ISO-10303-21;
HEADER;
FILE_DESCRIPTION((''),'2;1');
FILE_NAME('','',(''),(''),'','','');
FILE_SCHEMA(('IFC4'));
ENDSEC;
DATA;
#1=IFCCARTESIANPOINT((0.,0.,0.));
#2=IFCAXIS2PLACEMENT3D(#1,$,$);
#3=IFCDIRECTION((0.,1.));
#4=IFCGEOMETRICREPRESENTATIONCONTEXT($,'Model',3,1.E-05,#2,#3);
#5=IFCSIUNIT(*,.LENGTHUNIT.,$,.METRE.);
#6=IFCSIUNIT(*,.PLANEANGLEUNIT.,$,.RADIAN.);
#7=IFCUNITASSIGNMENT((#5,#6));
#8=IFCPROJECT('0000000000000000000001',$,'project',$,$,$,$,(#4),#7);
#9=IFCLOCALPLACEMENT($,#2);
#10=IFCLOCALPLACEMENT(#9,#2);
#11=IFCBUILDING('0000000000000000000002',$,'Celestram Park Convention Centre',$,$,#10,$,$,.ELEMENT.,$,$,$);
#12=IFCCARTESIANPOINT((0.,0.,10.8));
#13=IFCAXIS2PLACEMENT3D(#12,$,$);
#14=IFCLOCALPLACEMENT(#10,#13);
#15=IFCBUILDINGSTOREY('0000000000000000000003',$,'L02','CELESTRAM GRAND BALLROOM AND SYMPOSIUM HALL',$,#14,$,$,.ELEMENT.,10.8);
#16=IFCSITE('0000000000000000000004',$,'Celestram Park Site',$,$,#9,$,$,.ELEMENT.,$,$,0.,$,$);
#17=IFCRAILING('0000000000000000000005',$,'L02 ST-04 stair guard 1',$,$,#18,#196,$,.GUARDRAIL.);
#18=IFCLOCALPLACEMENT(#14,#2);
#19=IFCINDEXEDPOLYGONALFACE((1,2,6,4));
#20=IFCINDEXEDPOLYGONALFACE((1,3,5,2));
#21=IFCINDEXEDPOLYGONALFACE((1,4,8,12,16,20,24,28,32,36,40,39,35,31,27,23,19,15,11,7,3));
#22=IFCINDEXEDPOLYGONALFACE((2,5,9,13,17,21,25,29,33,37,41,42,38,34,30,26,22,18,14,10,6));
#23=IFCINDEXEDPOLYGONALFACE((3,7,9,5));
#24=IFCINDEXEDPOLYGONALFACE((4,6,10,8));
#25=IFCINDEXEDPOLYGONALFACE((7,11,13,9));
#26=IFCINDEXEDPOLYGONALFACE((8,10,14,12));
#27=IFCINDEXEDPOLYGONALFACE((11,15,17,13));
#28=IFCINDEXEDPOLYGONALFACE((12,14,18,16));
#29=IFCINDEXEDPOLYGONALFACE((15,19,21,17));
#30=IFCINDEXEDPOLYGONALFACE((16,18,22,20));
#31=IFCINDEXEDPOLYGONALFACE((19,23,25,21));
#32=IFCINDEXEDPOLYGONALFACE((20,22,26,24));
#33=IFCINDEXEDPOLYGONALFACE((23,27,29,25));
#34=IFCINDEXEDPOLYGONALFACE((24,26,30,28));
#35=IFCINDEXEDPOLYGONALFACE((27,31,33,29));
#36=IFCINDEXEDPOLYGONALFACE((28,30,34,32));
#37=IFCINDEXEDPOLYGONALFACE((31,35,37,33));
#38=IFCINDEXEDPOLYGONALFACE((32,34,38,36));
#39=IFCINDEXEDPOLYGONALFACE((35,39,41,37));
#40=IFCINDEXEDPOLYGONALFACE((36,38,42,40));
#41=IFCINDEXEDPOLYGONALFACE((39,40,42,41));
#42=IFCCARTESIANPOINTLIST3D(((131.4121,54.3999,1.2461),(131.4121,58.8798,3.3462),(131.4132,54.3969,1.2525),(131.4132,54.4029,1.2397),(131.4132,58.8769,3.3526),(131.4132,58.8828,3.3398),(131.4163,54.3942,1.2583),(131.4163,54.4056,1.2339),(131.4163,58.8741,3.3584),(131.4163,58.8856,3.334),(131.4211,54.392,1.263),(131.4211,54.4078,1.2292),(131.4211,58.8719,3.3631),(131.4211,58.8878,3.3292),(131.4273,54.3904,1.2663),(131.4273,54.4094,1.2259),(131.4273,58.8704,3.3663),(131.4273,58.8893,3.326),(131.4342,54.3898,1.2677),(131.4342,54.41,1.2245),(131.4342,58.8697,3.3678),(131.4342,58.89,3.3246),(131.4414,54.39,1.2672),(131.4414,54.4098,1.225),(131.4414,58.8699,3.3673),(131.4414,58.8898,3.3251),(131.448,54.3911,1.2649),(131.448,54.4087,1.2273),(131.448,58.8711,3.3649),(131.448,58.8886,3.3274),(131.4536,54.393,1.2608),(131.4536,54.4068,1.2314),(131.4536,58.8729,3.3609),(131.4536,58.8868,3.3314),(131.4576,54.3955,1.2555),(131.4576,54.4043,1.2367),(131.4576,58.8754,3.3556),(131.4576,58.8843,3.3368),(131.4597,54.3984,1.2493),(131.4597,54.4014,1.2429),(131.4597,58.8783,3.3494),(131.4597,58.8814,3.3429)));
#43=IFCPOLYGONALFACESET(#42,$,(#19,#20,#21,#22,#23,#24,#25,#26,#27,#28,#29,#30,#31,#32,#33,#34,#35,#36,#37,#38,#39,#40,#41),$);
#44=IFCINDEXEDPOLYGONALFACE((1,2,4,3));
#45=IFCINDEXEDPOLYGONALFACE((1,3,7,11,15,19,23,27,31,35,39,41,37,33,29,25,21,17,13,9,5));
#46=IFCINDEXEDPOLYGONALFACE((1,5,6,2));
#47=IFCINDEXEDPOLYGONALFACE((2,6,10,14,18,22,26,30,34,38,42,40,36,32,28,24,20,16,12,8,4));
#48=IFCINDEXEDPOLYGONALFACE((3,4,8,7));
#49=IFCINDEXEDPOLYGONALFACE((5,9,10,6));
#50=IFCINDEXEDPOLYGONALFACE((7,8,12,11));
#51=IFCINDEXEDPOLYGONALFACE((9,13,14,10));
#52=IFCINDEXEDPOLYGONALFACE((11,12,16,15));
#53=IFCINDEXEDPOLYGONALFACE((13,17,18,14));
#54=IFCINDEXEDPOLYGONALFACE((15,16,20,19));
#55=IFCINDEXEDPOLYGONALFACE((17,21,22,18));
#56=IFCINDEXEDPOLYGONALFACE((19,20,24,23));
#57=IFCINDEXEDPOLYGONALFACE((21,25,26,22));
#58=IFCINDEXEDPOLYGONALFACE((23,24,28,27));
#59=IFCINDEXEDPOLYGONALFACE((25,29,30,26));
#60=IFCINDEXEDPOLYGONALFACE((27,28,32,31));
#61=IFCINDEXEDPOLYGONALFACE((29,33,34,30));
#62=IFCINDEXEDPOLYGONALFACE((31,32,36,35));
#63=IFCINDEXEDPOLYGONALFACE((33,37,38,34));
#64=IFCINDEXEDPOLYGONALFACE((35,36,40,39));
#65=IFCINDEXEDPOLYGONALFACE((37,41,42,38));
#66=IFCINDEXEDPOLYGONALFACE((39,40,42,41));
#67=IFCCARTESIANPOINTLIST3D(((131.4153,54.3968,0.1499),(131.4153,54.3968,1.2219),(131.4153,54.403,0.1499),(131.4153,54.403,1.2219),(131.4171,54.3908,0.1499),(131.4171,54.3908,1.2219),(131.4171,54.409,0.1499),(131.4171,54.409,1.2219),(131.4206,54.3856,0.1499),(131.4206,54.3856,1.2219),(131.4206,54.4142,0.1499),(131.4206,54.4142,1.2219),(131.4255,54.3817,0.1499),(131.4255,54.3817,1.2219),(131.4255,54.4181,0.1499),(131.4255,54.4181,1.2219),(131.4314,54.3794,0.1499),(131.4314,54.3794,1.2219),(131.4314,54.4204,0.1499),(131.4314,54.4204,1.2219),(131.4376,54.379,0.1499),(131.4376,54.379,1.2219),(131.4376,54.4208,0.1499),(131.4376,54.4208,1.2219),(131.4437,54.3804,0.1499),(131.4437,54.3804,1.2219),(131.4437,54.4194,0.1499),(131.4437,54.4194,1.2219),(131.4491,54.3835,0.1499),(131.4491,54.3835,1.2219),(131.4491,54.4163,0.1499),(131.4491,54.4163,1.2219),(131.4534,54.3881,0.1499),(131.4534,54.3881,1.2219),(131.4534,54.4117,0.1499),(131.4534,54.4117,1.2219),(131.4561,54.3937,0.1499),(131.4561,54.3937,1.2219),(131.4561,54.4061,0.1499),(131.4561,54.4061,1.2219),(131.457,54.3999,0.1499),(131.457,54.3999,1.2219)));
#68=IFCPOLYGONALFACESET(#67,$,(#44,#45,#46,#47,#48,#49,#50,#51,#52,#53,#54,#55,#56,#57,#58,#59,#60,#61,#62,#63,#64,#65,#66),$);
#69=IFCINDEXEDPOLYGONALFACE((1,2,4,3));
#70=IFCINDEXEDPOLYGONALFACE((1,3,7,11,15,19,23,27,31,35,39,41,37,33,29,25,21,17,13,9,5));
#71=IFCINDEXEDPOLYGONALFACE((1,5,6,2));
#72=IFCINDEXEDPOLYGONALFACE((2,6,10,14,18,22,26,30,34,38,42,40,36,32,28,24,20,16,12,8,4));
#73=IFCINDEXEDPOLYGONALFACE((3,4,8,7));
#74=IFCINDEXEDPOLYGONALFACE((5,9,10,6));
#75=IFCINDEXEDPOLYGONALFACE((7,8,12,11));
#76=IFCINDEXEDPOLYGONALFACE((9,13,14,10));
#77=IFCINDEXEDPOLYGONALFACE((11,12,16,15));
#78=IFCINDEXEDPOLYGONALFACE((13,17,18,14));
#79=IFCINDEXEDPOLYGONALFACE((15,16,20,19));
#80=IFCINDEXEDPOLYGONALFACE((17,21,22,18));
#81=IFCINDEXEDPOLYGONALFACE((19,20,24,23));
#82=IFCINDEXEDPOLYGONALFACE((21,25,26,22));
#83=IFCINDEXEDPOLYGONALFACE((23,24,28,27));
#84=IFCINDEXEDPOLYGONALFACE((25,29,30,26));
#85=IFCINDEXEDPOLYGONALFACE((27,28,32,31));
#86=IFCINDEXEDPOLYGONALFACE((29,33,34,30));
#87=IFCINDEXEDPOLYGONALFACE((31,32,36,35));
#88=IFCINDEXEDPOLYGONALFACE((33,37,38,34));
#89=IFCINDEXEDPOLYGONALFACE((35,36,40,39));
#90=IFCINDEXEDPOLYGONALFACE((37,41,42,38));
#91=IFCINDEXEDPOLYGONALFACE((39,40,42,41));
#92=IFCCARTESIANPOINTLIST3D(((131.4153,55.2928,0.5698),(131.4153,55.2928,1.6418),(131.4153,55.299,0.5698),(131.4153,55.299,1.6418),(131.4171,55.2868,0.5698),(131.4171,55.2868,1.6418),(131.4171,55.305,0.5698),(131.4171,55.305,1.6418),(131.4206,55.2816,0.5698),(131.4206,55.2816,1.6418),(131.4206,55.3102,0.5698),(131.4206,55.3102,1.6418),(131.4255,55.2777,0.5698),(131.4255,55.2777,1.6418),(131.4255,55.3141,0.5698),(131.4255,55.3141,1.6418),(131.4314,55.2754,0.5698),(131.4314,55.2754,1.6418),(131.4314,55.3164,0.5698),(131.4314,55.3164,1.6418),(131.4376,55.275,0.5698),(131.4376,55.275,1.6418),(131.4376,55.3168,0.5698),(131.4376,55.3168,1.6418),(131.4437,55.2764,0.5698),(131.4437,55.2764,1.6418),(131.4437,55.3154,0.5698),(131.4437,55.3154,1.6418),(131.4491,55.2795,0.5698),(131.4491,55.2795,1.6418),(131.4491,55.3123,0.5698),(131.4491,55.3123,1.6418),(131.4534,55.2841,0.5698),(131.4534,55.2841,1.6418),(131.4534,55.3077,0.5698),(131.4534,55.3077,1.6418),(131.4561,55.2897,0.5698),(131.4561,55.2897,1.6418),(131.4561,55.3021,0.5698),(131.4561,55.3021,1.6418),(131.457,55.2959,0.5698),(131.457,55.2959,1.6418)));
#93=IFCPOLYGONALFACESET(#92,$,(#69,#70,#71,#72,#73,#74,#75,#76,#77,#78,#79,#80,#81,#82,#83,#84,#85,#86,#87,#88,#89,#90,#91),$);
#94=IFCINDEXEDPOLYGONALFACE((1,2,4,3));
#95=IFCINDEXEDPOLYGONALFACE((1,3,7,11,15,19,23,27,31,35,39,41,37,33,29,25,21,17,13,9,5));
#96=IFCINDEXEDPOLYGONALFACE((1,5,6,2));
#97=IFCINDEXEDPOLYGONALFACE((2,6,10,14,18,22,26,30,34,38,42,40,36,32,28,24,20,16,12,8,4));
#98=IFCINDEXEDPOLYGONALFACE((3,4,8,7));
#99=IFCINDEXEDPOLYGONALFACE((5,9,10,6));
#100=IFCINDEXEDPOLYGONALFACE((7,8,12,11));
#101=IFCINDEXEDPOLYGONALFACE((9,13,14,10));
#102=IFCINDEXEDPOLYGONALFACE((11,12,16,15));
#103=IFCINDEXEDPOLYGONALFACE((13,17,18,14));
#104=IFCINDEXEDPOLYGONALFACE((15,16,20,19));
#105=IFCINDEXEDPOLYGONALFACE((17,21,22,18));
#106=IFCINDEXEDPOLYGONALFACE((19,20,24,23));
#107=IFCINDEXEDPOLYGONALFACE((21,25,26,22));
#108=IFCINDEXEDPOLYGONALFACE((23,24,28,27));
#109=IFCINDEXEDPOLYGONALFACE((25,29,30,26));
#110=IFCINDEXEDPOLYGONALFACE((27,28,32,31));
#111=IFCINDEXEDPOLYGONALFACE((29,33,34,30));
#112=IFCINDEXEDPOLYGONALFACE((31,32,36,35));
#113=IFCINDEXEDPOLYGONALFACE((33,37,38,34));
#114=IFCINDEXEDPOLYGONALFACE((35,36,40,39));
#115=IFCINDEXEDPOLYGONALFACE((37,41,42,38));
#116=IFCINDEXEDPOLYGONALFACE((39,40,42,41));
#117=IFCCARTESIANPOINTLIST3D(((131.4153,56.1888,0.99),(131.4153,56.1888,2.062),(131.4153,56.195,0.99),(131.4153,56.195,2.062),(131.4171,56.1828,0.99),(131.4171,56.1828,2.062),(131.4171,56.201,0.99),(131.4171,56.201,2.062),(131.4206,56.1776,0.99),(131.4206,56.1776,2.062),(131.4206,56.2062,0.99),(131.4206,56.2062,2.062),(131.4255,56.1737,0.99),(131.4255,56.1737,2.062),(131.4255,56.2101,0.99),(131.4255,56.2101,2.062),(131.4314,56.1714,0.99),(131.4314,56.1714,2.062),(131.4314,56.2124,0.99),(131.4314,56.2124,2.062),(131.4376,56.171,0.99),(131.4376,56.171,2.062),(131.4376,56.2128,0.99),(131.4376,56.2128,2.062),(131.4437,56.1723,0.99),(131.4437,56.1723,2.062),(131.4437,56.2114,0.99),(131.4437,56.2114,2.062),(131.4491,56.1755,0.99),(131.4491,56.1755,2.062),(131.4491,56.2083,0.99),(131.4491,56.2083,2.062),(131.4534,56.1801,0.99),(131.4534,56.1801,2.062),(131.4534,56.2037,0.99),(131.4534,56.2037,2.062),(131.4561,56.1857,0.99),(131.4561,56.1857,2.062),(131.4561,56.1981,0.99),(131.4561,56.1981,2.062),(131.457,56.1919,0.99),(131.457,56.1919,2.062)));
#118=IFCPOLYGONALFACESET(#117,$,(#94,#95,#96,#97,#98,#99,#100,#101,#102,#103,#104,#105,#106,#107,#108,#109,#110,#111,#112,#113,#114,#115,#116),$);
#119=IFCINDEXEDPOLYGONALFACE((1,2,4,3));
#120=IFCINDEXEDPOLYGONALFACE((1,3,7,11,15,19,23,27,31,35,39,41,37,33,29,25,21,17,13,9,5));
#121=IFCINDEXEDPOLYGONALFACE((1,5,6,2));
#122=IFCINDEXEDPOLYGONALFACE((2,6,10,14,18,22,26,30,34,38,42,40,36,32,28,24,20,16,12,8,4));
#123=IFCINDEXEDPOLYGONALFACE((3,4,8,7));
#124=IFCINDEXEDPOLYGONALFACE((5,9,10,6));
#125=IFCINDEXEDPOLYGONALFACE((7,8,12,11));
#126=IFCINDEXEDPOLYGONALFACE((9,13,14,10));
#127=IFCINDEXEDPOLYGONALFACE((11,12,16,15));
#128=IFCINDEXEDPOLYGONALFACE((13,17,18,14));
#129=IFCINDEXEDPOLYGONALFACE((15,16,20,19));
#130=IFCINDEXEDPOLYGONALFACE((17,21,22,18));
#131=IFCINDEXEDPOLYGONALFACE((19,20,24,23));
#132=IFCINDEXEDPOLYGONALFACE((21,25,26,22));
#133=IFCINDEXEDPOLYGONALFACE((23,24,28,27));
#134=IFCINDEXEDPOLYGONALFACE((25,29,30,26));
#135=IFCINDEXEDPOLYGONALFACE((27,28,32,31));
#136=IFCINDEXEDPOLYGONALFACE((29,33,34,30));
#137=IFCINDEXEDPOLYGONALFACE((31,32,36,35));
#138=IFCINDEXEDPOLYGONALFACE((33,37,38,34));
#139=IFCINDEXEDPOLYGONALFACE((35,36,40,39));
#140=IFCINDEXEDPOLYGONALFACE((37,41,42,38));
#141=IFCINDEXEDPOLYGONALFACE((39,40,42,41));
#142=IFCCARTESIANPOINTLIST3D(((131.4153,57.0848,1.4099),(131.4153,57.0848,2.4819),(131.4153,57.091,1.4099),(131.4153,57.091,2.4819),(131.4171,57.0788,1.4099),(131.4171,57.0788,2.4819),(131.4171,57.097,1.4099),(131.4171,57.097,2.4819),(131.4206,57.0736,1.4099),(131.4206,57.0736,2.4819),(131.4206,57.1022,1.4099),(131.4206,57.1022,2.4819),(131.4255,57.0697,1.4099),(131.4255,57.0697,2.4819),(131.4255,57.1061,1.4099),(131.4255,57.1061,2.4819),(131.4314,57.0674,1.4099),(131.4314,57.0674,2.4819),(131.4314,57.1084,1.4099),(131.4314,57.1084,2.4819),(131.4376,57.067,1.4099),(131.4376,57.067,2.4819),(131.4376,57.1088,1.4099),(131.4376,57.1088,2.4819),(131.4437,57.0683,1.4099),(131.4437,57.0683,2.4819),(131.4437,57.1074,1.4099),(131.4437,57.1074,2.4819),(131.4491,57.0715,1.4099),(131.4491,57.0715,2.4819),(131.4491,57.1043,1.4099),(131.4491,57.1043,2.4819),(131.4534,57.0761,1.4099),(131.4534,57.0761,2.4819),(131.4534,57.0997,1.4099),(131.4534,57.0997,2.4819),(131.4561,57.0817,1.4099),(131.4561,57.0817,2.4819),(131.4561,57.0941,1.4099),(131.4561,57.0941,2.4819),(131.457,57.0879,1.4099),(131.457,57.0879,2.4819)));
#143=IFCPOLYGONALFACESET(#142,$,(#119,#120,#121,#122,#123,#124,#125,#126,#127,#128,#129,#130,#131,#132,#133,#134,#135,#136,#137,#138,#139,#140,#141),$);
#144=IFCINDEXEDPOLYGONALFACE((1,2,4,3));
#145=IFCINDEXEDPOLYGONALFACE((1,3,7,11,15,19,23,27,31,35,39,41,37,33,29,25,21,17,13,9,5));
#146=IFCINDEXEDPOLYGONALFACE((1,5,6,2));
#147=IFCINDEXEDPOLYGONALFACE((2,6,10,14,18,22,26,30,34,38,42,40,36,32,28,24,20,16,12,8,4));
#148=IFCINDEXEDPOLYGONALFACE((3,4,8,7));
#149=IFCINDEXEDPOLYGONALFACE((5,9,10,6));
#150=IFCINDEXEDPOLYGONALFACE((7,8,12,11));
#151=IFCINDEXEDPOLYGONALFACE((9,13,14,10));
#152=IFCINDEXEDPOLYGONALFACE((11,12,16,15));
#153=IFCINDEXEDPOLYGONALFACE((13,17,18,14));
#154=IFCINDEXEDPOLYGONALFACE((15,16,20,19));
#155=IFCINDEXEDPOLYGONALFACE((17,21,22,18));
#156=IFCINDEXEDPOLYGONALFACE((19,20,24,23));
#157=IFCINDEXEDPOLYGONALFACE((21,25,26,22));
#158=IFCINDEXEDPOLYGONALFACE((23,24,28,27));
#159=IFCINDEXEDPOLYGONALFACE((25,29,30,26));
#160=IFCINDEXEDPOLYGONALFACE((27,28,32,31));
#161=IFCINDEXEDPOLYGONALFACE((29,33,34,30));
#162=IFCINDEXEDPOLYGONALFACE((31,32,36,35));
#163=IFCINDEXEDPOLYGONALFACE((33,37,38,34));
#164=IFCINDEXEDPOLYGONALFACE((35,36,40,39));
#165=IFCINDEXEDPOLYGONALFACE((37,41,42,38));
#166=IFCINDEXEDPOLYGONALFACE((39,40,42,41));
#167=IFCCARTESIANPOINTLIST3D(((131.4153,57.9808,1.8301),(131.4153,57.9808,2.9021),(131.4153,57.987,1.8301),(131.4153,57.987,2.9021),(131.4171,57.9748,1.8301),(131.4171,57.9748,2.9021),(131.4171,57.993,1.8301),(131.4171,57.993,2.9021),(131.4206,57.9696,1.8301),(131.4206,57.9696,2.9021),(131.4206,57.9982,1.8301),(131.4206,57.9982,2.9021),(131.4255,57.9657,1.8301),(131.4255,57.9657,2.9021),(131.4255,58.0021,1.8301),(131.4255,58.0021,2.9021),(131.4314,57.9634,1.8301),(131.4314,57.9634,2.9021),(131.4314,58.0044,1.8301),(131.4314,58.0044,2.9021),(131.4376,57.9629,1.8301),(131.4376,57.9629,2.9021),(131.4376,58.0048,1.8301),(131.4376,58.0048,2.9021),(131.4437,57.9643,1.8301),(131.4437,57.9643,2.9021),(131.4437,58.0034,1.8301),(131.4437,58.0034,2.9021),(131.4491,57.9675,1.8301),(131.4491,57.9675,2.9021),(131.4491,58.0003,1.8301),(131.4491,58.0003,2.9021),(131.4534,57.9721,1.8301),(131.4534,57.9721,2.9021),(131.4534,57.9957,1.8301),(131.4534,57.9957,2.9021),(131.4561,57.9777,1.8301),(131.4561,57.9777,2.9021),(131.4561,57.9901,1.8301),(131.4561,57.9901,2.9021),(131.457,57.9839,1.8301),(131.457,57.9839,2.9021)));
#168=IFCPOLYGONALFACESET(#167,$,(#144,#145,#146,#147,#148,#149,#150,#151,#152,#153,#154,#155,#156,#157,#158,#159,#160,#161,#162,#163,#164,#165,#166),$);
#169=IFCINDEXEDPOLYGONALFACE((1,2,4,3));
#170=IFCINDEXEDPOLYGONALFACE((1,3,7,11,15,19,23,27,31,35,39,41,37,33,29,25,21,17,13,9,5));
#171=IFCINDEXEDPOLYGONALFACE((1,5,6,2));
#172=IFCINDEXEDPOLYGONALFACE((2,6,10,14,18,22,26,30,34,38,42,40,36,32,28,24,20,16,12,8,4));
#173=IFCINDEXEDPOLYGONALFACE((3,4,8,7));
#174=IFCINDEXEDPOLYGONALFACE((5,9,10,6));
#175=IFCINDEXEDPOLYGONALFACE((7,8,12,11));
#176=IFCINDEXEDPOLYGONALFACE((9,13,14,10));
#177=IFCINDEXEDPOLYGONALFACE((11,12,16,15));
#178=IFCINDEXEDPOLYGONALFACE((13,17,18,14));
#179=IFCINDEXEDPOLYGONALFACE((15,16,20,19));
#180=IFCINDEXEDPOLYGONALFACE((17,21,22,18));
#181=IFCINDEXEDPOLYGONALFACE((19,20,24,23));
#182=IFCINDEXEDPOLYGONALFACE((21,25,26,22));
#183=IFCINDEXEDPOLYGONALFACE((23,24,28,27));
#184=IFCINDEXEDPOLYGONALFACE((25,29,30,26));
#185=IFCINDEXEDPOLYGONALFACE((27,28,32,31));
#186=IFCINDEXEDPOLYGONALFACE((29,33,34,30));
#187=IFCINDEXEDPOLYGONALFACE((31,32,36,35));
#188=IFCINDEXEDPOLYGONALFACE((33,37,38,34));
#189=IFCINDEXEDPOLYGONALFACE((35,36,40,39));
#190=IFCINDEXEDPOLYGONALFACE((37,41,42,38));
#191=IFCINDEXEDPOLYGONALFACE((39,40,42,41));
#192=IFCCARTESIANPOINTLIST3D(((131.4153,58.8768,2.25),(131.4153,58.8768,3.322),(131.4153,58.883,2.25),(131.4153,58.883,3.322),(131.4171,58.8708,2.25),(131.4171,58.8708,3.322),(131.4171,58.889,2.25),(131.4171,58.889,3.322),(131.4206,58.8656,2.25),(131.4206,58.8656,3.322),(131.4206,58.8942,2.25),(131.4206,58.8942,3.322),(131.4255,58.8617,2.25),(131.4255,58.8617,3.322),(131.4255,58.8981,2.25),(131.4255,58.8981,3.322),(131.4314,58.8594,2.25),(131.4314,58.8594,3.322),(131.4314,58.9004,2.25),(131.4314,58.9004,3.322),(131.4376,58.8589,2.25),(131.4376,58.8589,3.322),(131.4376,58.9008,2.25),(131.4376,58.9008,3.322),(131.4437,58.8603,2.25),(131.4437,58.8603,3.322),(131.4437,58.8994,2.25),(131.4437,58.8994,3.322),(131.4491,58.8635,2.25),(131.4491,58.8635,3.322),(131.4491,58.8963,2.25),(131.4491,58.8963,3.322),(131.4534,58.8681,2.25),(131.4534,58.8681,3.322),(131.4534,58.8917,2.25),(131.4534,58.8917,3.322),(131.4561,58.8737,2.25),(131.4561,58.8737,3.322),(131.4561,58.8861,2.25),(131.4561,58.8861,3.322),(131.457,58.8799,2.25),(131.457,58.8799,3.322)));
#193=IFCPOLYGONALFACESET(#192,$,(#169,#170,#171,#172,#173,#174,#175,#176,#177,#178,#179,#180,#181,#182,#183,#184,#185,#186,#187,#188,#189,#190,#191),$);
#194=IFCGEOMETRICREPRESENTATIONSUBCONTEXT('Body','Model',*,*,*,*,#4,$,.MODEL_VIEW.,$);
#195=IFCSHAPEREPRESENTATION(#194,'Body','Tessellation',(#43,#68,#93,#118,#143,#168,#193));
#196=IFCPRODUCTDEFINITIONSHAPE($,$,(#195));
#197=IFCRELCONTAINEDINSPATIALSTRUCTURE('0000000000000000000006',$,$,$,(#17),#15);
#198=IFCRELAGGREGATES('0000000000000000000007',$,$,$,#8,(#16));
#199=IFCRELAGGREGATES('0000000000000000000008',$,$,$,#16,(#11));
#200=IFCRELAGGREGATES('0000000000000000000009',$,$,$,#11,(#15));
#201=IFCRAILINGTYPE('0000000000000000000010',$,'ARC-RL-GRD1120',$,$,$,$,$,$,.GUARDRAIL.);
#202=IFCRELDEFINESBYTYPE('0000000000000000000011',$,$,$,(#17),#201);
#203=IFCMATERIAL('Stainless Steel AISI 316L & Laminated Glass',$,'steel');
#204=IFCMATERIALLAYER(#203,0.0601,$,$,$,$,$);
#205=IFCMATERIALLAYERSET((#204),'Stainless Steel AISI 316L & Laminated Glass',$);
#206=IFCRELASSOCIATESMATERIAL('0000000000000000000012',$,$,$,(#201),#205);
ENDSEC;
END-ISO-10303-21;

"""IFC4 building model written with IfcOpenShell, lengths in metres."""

from ifc_helpers import new_model, si_unit, direction, frame, origin, origin_2d, place, context, subcontext, project, spatial, circle, extrude, material, layer, layer_set, type_object, element, save


model = new_model("IFC4")

# Units and contexts
model_context = context("Model", 3, precision=1e-05, world=origin(), true_north=direction((0.0, 1.0)))
body_context = subcontext(model_context, "Body", "Model", "MODEL_VIEW")
ifc_project = project(units=[si_unit("LENGTHUNIT", "METRE"), si_unit("PLANEANGLEUNIT", "RADIAN")], contexts=[model_context])

# Site, building, storey
site_placement = place(None, origin())
site = spatial("IfcSite", under=ifc_project, at=site_placement, Name="Celestram Park Site", CompositionType="ELEMENT", RefElevation=0.0)
building_placement = place(site_placement, origin())
building = spatial("IfcBuilding", under=site, at=building_placement, Name="Celestram Park Convention Centre", CompositionType="ELEMENT")
storey_placement = place(building_placement, frame((0.0, 0.0, 10.8)))
storey = spatial("IfcBuildingStorey", under=building, at=storey_placement, Name="L02", Description="CELESTRAM GRAND BALLROOM AND SYMPOSIUM HALL", CompositionType="ELEMENT", Elevation=10.8)

# Railing
ifc_material_1 = material(Name="Stainless Steel AISI 316L & Laminated Glass", Category="steel")
ifc_layer_1 = layer(ifc_material_1, 0.0601)
ifc_layer_set_1 = layer_set([ifc_layer_1], Name="Stainless Steel AISI 316L & Laminated Glass")
railing_type_1 = type_object("IfcRailingType", Name="ARC-RL-GRD1120", PredefinedType="GUARDRAIL", material=ifc_layer_set_1)
railing_1_placement = place(storey_placement, frame((131.436, 54.3999, 0.1499)))
element("IfcRailing", 1, at=railing_1_placement, inside=storey, type_object=railing_type_1, Name="L02 ST-04 stair guard 1", PredefinedType="GUARDRAIL", context=body_context, shape_type="SweptSolid", body=[
    extrude(circle(Radius=0.0239, at=origin_2d()), frame((0.0, 0.0, 1.0962), z_axis=(0.0, 0.905451, 0.424452), x_axis=(-1.0, 0.0, 0.0)), (0.0, 0.0, 1.0), 4.9478),
    extrude(circle(Radius=0.021, at=origin_2d()), origin(), (0.0, 0.0, 1.0), 1.072),
    extrude(circle(Radius=0.021, at=origin_2d()), frame((0.0, 0.896, 0.4199)), (0.0, 0.0, 1.0), 1.072),
    extrude(circle(Radius=0.021, at=origin_2d()), frame((0.0, 1.792, 0.8401)), (0.0, 0.0, 1.0), 1.072),
    extrude(circle(Radius=0.021, at=origin_2d()), frame((0.0, 2.688, 1.26)), (0.0, 0.0, 1.0), 1.072),
    extrude(circle(Radius=0.021, at=origin_2d()), frame((0.0, 3.584, 1.6802)), (0.0, 0.0, 1.0), 1.072),
    extrude(circle(Radius=0.021, at=origin_2d()), frame((0.0, 4.48, 2.1001)), (0.0, 0.0, 1.0), 1.072),
])

save(model, "model.ifc")
